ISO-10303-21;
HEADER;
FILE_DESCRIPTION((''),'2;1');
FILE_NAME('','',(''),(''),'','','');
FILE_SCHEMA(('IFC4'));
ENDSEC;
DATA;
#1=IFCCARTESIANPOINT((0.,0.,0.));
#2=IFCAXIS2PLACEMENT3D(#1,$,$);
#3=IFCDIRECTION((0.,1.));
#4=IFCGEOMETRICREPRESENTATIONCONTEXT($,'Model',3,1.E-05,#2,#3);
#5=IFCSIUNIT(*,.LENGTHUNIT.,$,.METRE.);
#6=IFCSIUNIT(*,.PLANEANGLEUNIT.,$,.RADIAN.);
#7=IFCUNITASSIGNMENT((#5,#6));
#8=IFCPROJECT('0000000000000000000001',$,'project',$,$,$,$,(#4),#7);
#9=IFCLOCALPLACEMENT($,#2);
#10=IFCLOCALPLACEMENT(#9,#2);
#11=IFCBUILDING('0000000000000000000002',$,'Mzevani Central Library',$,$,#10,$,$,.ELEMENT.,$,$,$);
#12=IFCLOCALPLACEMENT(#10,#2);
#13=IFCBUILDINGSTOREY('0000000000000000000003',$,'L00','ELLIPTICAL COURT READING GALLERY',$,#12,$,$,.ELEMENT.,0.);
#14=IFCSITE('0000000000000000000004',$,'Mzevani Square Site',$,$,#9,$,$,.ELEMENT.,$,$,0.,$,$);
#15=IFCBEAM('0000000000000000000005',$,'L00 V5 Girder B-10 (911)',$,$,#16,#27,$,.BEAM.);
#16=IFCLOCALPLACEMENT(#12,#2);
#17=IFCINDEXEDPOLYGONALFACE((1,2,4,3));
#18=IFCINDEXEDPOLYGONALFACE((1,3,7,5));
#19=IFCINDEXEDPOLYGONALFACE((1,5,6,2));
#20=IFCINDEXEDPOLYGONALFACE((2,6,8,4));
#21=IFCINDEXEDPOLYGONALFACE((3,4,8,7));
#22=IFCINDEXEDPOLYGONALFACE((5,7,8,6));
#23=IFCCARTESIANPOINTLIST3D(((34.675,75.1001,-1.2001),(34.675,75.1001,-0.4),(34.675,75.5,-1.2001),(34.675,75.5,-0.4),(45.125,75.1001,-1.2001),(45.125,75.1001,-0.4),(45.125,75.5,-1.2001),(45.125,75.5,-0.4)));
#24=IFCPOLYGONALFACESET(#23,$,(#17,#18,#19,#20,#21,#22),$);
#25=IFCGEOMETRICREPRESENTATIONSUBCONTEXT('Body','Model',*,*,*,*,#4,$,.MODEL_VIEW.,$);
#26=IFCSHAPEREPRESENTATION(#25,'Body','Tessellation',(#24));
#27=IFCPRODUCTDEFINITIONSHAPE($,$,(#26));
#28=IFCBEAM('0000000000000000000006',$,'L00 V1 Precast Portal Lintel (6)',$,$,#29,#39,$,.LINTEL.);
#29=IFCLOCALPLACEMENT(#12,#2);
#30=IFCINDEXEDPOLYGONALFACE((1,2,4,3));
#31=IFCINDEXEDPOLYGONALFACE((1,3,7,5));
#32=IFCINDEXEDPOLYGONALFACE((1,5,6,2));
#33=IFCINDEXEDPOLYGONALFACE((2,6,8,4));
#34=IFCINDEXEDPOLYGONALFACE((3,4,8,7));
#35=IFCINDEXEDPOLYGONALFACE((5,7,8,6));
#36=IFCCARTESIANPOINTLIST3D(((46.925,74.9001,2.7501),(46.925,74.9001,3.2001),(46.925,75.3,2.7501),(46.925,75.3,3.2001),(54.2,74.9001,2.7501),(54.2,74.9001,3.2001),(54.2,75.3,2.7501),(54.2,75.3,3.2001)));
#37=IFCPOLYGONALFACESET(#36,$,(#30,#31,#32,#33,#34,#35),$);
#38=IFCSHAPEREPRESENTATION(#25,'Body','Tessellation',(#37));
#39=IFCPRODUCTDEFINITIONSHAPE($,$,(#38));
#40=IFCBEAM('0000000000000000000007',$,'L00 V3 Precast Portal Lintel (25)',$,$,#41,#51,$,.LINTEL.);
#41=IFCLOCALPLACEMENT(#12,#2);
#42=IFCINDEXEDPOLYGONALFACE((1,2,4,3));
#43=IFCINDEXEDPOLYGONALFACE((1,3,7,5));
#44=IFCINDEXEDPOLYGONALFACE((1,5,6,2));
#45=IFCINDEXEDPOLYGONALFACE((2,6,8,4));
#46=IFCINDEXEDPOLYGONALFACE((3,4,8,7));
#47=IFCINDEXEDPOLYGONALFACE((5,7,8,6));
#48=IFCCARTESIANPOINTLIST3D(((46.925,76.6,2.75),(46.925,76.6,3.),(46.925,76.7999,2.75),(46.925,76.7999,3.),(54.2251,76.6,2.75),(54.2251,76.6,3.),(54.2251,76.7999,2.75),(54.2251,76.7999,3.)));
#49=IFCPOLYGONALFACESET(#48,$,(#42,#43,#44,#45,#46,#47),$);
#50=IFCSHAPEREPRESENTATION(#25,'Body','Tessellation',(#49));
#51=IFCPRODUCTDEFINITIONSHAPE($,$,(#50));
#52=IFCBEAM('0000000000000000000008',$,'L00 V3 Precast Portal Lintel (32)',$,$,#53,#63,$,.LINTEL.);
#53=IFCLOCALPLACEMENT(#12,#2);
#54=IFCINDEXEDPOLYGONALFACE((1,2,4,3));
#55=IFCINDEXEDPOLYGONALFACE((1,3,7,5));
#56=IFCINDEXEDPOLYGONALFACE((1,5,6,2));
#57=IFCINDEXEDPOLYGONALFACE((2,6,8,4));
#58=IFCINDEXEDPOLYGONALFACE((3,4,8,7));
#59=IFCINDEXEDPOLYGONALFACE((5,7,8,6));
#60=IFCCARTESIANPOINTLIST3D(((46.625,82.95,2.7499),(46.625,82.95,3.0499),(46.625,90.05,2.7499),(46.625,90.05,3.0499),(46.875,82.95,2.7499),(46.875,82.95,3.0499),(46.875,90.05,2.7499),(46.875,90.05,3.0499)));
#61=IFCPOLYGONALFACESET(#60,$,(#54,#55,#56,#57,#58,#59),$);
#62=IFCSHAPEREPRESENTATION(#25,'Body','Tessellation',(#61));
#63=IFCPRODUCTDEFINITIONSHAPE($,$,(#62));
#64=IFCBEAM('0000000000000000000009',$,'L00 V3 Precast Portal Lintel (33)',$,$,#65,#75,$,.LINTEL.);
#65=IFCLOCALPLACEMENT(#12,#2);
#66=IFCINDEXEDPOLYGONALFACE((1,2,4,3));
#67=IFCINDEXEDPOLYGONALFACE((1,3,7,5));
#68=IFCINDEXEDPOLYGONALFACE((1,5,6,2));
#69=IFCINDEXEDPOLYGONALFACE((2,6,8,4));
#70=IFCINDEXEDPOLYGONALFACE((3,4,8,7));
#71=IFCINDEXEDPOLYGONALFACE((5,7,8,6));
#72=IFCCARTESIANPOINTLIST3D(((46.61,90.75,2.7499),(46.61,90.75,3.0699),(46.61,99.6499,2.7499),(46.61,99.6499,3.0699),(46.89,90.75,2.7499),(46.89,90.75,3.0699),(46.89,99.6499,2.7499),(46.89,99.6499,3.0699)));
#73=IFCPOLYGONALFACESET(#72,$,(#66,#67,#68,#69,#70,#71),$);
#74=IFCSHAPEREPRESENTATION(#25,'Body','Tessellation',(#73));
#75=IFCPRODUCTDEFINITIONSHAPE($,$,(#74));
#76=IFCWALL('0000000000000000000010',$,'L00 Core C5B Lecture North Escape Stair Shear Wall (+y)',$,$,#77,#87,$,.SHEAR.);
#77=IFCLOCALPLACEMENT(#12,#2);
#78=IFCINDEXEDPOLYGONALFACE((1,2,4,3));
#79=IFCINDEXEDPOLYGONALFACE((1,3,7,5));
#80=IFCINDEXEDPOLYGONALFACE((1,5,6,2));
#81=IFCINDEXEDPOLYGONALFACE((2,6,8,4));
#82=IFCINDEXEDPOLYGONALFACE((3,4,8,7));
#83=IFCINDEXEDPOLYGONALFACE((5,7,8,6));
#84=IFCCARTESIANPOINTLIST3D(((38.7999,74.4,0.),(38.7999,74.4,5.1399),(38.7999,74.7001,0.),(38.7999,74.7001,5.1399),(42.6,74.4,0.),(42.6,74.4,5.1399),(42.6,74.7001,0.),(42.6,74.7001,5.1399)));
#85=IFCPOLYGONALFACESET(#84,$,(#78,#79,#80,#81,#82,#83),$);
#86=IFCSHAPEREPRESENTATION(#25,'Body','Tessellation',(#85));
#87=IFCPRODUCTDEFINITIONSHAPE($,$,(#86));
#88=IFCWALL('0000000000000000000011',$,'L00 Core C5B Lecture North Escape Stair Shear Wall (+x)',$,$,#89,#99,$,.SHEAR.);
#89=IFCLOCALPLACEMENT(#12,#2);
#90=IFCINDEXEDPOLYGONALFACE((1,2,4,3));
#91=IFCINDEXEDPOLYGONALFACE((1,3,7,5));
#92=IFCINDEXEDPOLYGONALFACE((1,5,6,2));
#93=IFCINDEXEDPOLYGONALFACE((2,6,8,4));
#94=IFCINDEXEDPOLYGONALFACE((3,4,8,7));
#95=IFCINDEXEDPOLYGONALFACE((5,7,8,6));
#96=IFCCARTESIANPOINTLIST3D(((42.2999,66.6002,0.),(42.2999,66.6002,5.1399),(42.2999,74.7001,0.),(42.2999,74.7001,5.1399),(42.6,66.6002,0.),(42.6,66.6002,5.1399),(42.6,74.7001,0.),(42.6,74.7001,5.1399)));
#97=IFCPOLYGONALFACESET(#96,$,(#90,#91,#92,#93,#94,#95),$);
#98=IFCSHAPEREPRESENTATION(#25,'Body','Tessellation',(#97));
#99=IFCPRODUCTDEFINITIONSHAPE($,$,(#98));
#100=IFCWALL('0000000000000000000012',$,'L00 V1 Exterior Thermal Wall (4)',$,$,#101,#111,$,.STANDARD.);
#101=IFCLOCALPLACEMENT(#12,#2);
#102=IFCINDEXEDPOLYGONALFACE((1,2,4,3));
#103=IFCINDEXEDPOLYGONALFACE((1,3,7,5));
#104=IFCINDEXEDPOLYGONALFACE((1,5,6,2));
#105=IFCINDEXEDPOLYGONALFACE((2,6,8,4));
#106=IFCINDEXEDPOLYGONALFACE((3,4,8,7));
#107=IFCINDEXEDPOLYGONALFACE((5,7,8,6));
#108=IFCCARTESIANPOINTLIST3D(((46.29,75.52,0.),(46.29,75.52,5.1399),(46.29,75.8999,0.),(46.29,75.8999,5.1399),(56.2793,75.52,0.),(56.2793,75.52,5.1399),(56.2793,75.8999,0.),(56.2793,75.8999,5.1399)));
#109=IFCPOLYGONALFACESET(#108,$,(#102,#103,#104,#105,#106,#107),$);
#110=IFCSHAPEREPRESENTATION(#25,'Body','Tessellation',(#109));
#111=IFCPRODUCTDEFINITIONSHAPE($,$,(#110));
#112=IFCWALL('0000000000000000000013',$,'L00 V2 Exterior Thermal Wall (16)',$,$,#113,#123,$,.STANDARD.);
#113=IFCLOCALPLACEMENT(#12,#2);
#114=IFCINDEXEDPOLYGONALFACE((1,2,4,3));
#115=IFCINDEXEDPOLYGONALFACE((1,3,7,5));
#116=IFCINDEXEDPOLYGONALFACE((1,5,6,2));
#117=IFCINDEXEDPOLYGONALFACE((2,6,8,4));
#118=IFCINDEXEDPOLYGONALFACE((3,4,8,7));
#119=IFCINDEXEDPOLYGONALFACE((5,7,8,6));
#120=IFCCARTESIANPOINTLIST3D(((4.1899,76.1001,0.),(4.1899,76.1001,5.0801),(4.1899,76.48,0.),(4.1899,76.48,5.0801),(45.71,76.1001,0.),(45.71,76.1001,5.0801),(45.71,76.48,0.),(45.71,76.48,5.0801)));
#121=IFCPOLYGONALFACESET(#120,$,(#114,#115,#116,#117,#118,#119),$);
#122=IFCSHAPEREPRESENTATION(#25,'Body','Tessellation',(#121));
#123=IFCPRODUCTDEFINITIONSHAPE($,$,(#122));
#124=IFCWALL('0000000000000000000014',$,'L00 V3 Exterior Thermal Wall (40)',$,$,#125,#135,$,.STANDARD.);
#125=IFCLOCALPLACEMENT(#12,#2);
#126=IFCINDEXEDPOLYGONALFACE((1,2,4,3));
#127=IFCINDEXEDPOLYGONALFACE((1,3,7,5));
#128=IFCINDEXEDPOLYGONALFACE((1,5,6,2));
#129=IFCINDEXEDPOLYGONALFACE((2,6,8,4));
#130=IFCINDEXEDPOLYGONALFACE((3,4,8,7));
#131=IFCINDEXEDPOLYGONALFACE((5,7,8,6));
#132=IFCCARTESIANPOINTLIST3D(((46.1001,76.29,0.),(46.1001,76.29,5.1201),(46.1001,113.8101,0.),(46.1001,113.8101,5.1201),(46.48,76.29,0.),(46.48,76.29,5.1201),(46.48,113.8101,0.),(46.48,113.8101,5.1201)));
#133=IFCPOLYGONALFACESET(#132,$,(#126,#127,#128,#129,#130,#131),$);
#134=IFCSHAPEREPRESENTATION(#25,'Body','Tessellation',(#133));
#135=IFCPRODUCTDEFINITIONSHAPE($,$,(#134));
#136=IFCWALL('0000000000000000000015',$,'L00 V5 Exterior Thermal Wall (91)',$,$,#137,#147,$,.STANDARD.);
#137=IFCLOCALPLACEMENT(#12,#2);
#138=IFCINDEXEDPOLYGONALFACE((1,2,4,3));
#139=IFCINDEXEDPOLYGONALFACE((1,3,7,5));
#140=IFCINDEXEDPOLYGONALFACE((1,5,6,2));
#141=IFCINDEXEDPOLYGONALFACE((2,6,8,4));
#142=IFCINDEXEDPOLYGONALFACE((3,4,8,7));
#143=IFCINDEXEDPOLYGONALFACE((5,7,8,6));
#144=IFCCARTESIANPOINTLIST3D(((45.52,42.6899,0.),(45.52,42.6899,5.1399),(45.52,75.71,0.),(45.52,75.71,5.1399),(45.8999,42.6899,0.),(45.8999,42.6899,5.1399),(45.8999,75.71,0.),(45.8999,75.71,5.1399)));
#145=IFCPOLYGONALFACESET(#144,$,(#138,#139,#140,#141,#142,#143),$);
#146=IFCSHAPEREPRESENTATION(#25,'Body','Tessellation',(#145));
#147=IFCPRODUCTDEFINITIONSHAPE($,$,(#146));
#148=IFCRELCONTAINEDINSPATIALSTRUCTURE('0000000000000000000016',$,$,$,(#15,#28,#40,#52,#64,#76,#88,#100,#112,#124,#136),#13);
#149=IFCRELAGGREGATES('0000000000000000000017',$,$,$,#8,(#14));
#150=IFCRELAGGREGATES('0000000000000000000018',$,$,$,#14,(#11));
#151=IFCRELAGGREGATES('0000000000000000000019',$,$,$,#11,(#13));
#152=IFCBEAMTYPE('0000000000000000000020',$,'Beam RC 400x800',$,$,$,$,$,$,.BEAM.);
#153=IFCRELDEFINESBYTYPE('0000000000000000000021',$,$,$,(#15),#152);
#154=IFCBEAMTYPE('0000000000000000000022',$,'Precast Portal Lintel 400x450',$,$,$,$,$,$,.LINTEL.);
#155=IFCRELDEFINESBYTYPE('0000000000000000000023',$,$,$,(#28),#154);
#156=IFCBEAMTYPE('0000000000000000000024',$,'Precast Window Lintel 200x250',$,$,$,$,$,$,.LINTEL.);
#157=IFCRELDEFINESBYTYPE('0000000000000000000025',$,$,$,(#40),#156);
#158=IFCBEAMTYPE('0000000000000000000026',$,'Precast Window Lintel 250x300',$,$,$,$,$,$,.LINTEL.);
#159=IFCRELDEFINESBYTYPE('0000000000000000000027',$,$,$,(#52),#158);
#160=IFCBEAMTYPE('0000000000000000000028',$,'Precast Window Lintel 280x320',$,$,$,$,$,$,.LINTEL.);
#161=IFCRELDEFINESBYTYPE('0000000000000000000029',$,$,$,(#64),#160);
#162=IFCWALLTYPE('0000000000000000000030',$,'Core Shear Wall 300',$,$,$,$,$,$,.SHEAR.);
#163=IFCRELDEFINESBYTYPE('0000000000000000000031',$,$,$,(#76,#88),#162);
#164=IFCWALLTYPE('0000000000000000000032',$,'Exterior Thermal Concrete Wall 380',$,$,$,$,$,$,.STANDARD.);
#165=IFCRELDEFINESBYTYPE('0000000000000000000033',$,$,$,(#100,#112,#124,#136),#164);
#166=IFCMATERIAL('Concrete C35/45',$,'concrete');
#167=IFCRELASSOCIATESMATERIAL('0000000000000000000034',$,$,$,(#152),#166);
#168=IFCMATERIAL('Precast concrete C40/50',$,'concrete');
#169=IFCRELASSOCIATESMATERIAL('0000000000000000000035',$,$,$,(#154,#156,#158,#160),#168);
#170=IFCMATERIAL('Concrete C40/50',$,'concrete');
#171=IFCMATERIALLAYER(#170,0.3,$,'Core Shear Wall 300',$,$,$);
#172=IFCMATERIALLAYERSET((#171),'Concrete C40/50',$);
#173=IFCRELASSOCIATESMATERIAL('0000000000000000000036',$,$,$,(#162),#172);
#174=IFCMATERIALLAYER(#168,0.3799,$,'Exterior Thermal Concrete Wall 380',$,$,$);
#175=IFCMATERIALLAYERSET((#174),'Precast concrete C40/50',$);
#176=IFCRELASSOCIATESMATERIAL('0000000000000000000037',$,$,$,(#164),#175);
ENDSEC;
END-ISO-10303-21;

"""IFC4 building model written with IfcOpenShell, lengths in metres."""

from ifc_helpers import new_model, si_unit, direction, frame, frame_2d, origin, origin_2d, place, context, subcontext, project, spatial, rectangle, extrude, material, layer, layer_set, material_profile, profile_set, type_object, element, save


model = new_model("IFC4")

# Units and contexts
model_context = context("Model", 3, precision=1e-05, world=origin(), true_north=direction((0.0, 1.0)))
body_context = subcontext(model_context, "Body", "Model", "MODEL_VIEW")
ifc_project = project(units=[si_unit("LENGTHUNIT", "METRE"), si_unit("PLANEANGLEUNIT", "RADIAN")], contexts=[model_context])

# Site, building, storey
site_placement = place(None, origin())
site = spatial("IfcSite", under=ifc_project, at=site_placement, Name="Mzevani Square Site", CompositionType="ELEMENT", RefElevation=0.0)
building_placement = place(site_placement, origin())
building = spatial("IfcBuilding", under=site, at=building_placement, Name="Mzevani Central Library", CompositionType="ELEMENT")
storey_placement = place(building_placement, origin())
storey = spatial("IfcBuildingStorey", under=building, at=storey_placement, Name="L00", Description="ELLIPTICAL COURT READING GALLERY", CompositionType="ELEMENT", Elevation=0.0)

# Shared definitions
ifc_material_1 = material(Name="Concrete C40/50", Category="concrete")

# Beams
ifc_material_2 = material(Name="Concrete C35/45", Category="concrete")
ifc_material_profile_1 = material_profile(ifc_material_2, rectangle(XDim=0.3999, YDim=0.8, at=origin_2d()), Name="RC B400x800")
ifc_profile_set_1 = profile_set([ifc_material_profile_1], Name="Concrete C35/45")
beam_type_1 = type_object("IfcBeamType", Name="Beam RC 400x800", PredefinedType="BEAM", material=ifc_profile_set_1)
beam_1_placement = place(storey_placement, frame((34.675, 75.3, -0.8), z_axis=(1.0, 0.0, 0.0), x_axis=(0.0, 1.0, 0.0)))
element("IfcBeam", 1, at=beam_1_placement, inside=storey, type_object=beam_type_1, Name="L00 V5 Girder B-10 (911)", PredefinedType="BEAM", context=body_context, shape_type="SweptSolid", body=[
    extrude(rectangle(XDim=0.3999, YDim=0.8, at=origin_2d()), origin(), (0.0, 0.0, 1.0), 10.45),
])
ifc_material_3 = material(Name="Precast concrete C40/50", Category="concrete")
ifc_material_profile_2 = material_profile(ifc_material_3, rectangle(XDim=0.3999, YDim=0.45, at=origin_2d()), Name="PC LN400x450")
ifc_profile_set_2 = profile_set([ifc_material_profile_2], Name="Precast concrete C40/50")
beam_type_2 = type_object("IfcBeamType", Name="Precast Portal Lintel 400x450", PredefinedType="LINTEL", material=ifc_profile_set_2)
beam_2_placement = place(storey_placement, frame((46.925, 75.1001, 2.9751), z_axis=(1.0, 0.0, 0.0), x_axis=(0.0, 1.0, 0.0)))
element("IfcBeam", 2, at=beam_2_placement, inside=storey, type_object=beam_type_2, Name="L00 V1 Precast Portal Lintel (6)", PredefinedType="LINTEL", context=body_context, shape_type="SweptSolid", body=[
    extrude(rectangle(XDim=0.3999, YDim=0.45, at=origin_2d()), origin(), (0.0, 0.0, 1.0), 7.2749),
])
ifc_material_profile_3 = material_profile(ifc_material_3, rectangle(XDim=0.2, YDim=0.25, at=origin_2d()), Name="PC LN200x250")
ifc_profile_set_3 = profile_set([ifc_material_profile_3], Name="Precast concrete C40/50")
beam_type_3 = type_object("IfcBeamType", Name="Precast Window Lintel 200x250", PredefinedType="LINTEL", material=ifc_profile_set_3)
beam_3_placement = place(storey_placement, frame((46.925, 76.7, 2.875), z_axis=(1.0, 0.0, 0.0), x_axis=(0.0, 1.0, 0.0)))
element("IfcBeam", 3, at=beam_3_placement, inside=storey, type_object=beam_type_3, Name="L00 V3 Precast Portal Lintel (25)", PredefinedType="LINTEL", context=body_context, shape_type="SweptSolid", body=[
    extrude(rectangle(XDim=0.2, YDim=0.25, at=origin_2d()), origin(), (0.0, 0.0, 1.0), 7.3),
])
ifc_material_profile_4 = material_profile(ifc_material_3, rectangle(XDim=0.25, YDim=0.3, at=origin_2d()), Name="PC LN250x300")
ifc_profile_set_4 = profile_set([ifc_material_profile_4], Name="Precast concrete C40/50")
beam_type_4 = type_object("IfcBeamType", Name="Precast Window Lintel 250x300", PredefinedType="LINTEL", material=ifc_profile_set_4)
beam_4_placement = place(storey_placement, frame((46.75, 82.95, 2.8999), z_axis=(0.0, 1.0, 0.0), x_axis=(-1.0, 0.0, 0.0)))
element("IfcBeam", 4, at=beam_4_placement, inside=storey, type_object=beam_type_4, Name="L00 V3 Precast Portal Lintel (32)", PredefinedType="LINTEL", context=body_context, shape_type="SweptSolid", body=[
    extrude(rectangle(XDim=0.25, YDim=0.3, at=origin_2d()), origin(), (0.0, 0.0, 1.0), 7.1001),
])
ifc_material_profile_5 = material_profile(ifc_material_3, rectangle(XDim=0.28, YDim=0.3201, at=origin_2d()), Name="PC LN280x320")
ifc_profile_set_5 = profile_set([ifc_material_profile_5], Name="Precast concrete C40/50")
beam_type_5 = type_object("IfcBeamType", Name="Precast Window Lintel 280x320", PredefinedType="LINTEL", material=ifc_profile_set_5)
beam_5_placement = place(storey_placement, frame((46.75, 90.75, 2.9099), z_axis=(0.0, 1.0, 0.0), x_axis=(-1.0, 0.0, 0.0)))
element("IfcBeam", 5, at=beam_5_placement, inside=storey, type_object=beam_type_5, Name="L00 V3 Precast Portal Lintel (33)", PredefinedType="LINTEL", context=body_context, shape_type="SweptSolid", body=[
    extrude(rectangle(XDim=0.28, YDim=0.3201, at=origin_2d()), origin(), (0.0, 0.0, 1.0), 8.8999),
])

# Walls
ifc_layer_1 = layer(ifc_material_1, 0.3, Name="Core Shear Wall 300")
ifc_layer_set_1 = layer_set([ifc_layer_1], Name="Concrete C40/50")
wall_type_1 = type_object("IfcWallType", Name="Core Shear Wall 300", PredefinedType="SHEAR", material=ifc_layer_set_1)
wall_1_placement = place(storey_placement, frame((38.8, 74.55, 0.0), z_axis=(0.0, 0.0, 1.0), x_axis=(1.0, 0.0, 0.0)))
element("IfcWall", 6, at=wall_1_placement, inside=storey, type_object=wall_type_1, Name="L00 Core C5B Lecture North Escape Stair Shear Wall (+y)", PredefinedType="SHEAR", context=body_context, shape_type="SweptSolid", body=[
    extrude(rectangle(XDim=3.8, YDim=0.3, at=frame_2d((1.8999, 0.0))), origin(), (0.0, 0.0, 1.0), 5.1399),
])
wall_2_placement = place(storey_placement, frame((42.45, 74.7, 0.0), z_axis=(0.0, 0.0, 1.0), x_axis=(0.0, -1.0, 0.0)))
element("IfcWall", 7, at=wall_2_placement, inside=storey, type_object=wall_type_1, Name="L00 Core C5B Lecture North Escape Stair Shear Wall (+x)", PredefinedType="SHEAR", context=body_context, shape_type="SweptSolid", body=[
    extrude(rectangle(XDim=8.0999, YDim=0.3, at=frame_2d((4.0498, 0.0))), origin(), (0.0, 0.0, 1.0), 5.1399),
])
ifc_layer_2 = layer(ifc_material_3, 0.3799, Name="Exterior Thermal Concrete Wall 380")
ifc_layer_set_2 = layer_set([ifc_layer_2], Name="Precast concrete C40/50")
wall_type_2 = type_object("IfcWallType", Name="Exterior Thermal Concrete Wall 380", PredefinedType="STANDARD", material=ifc_layer_set_2)
wall_3_placement = place(storey_placement, frame((46.29, 75.71, 0.0), z_axis=(0.0, 0.0, 1.0), x_axis=(1.0, 0.0, 0.0)))
element("IfcWall", 8, at=wall_3_placement, inside=storey, type_object=wall_type_2, Name="L00 V1 Exterior Thermal Wall (4)", PredefinedType="STANDARD", context=body_context, shape_type="SweptSolid", body=[
    extrude(rectangle(XDim=9.9893, YDim=0.3799, at=frame_2d((4.9946, 0.0))), origin(), (0.0, 0.0, 1.0), 5.1399),
])
wall_4_placement = place(storey_placement, frame((45.71, 76.29, 0.0), z_axis=(0.0, 0.0, 1.0), x_axis=(-1.0, 0.0, 0.0)))
element("IfcWall", 9, at=wall_4_placement, inside=storey, type_object=wall_type_2, Name="L00 V2 Exterior Thermal Wall (16)", PredefinedType="STANDARD", context=body_context, shape_type="SweptSolid", body=[
    extrude(rectangle(XDim=41.52, YDim=0.3799, at=frame_2d((20.76, 0.0))), origin(), (0.0, 0.0, 1.0), 5.0801),
])
wall_5_placement = place(storey_placement, frame((46.29, 76.29, 0.0), z_axis=(0.0, 0.0, 1.0), x_axis=(0.0, 1.0, 0.0)))
element("IfcWall", 10, at=wall_5_placement, inside=storey, type_object=wall_type_2, Name="L00 V3 Exterior Thermal Wall (40)", PredefinedType="STANDARD", context=body_context, shape_type="SweptSolid", body=[
    extrude(rectangle(XDim=37.52, YDim=0.3799, at=frame_2d((18.76, 0.0))), origin(), (0.0, 0.0, 1.0), 5.1201),
])
wall_6_placement = place(storey_placement, frame((45.71, 75.71, 0.0), z_axis=(0.0, 0.0, 1.0), x_axis=(0.0, -1.0, 0.0)))
element("IfcWall", 11, at=wall_6_placement, inside=storey, type_object=wall_type_2, Name="L00 V5 Exterior Thermal Wall (91)", PredefinedType="STANDARD", context=body_context, shape_type="SweptSolid", body=[
    extrude(rectangle(XDim=33.02, YDim=0.3799, at=frame_2d((16.51, 0.0))), origin(), (0.0, 0.0, 1.0), 5.1399),
])

save(model, "model.ifc")
